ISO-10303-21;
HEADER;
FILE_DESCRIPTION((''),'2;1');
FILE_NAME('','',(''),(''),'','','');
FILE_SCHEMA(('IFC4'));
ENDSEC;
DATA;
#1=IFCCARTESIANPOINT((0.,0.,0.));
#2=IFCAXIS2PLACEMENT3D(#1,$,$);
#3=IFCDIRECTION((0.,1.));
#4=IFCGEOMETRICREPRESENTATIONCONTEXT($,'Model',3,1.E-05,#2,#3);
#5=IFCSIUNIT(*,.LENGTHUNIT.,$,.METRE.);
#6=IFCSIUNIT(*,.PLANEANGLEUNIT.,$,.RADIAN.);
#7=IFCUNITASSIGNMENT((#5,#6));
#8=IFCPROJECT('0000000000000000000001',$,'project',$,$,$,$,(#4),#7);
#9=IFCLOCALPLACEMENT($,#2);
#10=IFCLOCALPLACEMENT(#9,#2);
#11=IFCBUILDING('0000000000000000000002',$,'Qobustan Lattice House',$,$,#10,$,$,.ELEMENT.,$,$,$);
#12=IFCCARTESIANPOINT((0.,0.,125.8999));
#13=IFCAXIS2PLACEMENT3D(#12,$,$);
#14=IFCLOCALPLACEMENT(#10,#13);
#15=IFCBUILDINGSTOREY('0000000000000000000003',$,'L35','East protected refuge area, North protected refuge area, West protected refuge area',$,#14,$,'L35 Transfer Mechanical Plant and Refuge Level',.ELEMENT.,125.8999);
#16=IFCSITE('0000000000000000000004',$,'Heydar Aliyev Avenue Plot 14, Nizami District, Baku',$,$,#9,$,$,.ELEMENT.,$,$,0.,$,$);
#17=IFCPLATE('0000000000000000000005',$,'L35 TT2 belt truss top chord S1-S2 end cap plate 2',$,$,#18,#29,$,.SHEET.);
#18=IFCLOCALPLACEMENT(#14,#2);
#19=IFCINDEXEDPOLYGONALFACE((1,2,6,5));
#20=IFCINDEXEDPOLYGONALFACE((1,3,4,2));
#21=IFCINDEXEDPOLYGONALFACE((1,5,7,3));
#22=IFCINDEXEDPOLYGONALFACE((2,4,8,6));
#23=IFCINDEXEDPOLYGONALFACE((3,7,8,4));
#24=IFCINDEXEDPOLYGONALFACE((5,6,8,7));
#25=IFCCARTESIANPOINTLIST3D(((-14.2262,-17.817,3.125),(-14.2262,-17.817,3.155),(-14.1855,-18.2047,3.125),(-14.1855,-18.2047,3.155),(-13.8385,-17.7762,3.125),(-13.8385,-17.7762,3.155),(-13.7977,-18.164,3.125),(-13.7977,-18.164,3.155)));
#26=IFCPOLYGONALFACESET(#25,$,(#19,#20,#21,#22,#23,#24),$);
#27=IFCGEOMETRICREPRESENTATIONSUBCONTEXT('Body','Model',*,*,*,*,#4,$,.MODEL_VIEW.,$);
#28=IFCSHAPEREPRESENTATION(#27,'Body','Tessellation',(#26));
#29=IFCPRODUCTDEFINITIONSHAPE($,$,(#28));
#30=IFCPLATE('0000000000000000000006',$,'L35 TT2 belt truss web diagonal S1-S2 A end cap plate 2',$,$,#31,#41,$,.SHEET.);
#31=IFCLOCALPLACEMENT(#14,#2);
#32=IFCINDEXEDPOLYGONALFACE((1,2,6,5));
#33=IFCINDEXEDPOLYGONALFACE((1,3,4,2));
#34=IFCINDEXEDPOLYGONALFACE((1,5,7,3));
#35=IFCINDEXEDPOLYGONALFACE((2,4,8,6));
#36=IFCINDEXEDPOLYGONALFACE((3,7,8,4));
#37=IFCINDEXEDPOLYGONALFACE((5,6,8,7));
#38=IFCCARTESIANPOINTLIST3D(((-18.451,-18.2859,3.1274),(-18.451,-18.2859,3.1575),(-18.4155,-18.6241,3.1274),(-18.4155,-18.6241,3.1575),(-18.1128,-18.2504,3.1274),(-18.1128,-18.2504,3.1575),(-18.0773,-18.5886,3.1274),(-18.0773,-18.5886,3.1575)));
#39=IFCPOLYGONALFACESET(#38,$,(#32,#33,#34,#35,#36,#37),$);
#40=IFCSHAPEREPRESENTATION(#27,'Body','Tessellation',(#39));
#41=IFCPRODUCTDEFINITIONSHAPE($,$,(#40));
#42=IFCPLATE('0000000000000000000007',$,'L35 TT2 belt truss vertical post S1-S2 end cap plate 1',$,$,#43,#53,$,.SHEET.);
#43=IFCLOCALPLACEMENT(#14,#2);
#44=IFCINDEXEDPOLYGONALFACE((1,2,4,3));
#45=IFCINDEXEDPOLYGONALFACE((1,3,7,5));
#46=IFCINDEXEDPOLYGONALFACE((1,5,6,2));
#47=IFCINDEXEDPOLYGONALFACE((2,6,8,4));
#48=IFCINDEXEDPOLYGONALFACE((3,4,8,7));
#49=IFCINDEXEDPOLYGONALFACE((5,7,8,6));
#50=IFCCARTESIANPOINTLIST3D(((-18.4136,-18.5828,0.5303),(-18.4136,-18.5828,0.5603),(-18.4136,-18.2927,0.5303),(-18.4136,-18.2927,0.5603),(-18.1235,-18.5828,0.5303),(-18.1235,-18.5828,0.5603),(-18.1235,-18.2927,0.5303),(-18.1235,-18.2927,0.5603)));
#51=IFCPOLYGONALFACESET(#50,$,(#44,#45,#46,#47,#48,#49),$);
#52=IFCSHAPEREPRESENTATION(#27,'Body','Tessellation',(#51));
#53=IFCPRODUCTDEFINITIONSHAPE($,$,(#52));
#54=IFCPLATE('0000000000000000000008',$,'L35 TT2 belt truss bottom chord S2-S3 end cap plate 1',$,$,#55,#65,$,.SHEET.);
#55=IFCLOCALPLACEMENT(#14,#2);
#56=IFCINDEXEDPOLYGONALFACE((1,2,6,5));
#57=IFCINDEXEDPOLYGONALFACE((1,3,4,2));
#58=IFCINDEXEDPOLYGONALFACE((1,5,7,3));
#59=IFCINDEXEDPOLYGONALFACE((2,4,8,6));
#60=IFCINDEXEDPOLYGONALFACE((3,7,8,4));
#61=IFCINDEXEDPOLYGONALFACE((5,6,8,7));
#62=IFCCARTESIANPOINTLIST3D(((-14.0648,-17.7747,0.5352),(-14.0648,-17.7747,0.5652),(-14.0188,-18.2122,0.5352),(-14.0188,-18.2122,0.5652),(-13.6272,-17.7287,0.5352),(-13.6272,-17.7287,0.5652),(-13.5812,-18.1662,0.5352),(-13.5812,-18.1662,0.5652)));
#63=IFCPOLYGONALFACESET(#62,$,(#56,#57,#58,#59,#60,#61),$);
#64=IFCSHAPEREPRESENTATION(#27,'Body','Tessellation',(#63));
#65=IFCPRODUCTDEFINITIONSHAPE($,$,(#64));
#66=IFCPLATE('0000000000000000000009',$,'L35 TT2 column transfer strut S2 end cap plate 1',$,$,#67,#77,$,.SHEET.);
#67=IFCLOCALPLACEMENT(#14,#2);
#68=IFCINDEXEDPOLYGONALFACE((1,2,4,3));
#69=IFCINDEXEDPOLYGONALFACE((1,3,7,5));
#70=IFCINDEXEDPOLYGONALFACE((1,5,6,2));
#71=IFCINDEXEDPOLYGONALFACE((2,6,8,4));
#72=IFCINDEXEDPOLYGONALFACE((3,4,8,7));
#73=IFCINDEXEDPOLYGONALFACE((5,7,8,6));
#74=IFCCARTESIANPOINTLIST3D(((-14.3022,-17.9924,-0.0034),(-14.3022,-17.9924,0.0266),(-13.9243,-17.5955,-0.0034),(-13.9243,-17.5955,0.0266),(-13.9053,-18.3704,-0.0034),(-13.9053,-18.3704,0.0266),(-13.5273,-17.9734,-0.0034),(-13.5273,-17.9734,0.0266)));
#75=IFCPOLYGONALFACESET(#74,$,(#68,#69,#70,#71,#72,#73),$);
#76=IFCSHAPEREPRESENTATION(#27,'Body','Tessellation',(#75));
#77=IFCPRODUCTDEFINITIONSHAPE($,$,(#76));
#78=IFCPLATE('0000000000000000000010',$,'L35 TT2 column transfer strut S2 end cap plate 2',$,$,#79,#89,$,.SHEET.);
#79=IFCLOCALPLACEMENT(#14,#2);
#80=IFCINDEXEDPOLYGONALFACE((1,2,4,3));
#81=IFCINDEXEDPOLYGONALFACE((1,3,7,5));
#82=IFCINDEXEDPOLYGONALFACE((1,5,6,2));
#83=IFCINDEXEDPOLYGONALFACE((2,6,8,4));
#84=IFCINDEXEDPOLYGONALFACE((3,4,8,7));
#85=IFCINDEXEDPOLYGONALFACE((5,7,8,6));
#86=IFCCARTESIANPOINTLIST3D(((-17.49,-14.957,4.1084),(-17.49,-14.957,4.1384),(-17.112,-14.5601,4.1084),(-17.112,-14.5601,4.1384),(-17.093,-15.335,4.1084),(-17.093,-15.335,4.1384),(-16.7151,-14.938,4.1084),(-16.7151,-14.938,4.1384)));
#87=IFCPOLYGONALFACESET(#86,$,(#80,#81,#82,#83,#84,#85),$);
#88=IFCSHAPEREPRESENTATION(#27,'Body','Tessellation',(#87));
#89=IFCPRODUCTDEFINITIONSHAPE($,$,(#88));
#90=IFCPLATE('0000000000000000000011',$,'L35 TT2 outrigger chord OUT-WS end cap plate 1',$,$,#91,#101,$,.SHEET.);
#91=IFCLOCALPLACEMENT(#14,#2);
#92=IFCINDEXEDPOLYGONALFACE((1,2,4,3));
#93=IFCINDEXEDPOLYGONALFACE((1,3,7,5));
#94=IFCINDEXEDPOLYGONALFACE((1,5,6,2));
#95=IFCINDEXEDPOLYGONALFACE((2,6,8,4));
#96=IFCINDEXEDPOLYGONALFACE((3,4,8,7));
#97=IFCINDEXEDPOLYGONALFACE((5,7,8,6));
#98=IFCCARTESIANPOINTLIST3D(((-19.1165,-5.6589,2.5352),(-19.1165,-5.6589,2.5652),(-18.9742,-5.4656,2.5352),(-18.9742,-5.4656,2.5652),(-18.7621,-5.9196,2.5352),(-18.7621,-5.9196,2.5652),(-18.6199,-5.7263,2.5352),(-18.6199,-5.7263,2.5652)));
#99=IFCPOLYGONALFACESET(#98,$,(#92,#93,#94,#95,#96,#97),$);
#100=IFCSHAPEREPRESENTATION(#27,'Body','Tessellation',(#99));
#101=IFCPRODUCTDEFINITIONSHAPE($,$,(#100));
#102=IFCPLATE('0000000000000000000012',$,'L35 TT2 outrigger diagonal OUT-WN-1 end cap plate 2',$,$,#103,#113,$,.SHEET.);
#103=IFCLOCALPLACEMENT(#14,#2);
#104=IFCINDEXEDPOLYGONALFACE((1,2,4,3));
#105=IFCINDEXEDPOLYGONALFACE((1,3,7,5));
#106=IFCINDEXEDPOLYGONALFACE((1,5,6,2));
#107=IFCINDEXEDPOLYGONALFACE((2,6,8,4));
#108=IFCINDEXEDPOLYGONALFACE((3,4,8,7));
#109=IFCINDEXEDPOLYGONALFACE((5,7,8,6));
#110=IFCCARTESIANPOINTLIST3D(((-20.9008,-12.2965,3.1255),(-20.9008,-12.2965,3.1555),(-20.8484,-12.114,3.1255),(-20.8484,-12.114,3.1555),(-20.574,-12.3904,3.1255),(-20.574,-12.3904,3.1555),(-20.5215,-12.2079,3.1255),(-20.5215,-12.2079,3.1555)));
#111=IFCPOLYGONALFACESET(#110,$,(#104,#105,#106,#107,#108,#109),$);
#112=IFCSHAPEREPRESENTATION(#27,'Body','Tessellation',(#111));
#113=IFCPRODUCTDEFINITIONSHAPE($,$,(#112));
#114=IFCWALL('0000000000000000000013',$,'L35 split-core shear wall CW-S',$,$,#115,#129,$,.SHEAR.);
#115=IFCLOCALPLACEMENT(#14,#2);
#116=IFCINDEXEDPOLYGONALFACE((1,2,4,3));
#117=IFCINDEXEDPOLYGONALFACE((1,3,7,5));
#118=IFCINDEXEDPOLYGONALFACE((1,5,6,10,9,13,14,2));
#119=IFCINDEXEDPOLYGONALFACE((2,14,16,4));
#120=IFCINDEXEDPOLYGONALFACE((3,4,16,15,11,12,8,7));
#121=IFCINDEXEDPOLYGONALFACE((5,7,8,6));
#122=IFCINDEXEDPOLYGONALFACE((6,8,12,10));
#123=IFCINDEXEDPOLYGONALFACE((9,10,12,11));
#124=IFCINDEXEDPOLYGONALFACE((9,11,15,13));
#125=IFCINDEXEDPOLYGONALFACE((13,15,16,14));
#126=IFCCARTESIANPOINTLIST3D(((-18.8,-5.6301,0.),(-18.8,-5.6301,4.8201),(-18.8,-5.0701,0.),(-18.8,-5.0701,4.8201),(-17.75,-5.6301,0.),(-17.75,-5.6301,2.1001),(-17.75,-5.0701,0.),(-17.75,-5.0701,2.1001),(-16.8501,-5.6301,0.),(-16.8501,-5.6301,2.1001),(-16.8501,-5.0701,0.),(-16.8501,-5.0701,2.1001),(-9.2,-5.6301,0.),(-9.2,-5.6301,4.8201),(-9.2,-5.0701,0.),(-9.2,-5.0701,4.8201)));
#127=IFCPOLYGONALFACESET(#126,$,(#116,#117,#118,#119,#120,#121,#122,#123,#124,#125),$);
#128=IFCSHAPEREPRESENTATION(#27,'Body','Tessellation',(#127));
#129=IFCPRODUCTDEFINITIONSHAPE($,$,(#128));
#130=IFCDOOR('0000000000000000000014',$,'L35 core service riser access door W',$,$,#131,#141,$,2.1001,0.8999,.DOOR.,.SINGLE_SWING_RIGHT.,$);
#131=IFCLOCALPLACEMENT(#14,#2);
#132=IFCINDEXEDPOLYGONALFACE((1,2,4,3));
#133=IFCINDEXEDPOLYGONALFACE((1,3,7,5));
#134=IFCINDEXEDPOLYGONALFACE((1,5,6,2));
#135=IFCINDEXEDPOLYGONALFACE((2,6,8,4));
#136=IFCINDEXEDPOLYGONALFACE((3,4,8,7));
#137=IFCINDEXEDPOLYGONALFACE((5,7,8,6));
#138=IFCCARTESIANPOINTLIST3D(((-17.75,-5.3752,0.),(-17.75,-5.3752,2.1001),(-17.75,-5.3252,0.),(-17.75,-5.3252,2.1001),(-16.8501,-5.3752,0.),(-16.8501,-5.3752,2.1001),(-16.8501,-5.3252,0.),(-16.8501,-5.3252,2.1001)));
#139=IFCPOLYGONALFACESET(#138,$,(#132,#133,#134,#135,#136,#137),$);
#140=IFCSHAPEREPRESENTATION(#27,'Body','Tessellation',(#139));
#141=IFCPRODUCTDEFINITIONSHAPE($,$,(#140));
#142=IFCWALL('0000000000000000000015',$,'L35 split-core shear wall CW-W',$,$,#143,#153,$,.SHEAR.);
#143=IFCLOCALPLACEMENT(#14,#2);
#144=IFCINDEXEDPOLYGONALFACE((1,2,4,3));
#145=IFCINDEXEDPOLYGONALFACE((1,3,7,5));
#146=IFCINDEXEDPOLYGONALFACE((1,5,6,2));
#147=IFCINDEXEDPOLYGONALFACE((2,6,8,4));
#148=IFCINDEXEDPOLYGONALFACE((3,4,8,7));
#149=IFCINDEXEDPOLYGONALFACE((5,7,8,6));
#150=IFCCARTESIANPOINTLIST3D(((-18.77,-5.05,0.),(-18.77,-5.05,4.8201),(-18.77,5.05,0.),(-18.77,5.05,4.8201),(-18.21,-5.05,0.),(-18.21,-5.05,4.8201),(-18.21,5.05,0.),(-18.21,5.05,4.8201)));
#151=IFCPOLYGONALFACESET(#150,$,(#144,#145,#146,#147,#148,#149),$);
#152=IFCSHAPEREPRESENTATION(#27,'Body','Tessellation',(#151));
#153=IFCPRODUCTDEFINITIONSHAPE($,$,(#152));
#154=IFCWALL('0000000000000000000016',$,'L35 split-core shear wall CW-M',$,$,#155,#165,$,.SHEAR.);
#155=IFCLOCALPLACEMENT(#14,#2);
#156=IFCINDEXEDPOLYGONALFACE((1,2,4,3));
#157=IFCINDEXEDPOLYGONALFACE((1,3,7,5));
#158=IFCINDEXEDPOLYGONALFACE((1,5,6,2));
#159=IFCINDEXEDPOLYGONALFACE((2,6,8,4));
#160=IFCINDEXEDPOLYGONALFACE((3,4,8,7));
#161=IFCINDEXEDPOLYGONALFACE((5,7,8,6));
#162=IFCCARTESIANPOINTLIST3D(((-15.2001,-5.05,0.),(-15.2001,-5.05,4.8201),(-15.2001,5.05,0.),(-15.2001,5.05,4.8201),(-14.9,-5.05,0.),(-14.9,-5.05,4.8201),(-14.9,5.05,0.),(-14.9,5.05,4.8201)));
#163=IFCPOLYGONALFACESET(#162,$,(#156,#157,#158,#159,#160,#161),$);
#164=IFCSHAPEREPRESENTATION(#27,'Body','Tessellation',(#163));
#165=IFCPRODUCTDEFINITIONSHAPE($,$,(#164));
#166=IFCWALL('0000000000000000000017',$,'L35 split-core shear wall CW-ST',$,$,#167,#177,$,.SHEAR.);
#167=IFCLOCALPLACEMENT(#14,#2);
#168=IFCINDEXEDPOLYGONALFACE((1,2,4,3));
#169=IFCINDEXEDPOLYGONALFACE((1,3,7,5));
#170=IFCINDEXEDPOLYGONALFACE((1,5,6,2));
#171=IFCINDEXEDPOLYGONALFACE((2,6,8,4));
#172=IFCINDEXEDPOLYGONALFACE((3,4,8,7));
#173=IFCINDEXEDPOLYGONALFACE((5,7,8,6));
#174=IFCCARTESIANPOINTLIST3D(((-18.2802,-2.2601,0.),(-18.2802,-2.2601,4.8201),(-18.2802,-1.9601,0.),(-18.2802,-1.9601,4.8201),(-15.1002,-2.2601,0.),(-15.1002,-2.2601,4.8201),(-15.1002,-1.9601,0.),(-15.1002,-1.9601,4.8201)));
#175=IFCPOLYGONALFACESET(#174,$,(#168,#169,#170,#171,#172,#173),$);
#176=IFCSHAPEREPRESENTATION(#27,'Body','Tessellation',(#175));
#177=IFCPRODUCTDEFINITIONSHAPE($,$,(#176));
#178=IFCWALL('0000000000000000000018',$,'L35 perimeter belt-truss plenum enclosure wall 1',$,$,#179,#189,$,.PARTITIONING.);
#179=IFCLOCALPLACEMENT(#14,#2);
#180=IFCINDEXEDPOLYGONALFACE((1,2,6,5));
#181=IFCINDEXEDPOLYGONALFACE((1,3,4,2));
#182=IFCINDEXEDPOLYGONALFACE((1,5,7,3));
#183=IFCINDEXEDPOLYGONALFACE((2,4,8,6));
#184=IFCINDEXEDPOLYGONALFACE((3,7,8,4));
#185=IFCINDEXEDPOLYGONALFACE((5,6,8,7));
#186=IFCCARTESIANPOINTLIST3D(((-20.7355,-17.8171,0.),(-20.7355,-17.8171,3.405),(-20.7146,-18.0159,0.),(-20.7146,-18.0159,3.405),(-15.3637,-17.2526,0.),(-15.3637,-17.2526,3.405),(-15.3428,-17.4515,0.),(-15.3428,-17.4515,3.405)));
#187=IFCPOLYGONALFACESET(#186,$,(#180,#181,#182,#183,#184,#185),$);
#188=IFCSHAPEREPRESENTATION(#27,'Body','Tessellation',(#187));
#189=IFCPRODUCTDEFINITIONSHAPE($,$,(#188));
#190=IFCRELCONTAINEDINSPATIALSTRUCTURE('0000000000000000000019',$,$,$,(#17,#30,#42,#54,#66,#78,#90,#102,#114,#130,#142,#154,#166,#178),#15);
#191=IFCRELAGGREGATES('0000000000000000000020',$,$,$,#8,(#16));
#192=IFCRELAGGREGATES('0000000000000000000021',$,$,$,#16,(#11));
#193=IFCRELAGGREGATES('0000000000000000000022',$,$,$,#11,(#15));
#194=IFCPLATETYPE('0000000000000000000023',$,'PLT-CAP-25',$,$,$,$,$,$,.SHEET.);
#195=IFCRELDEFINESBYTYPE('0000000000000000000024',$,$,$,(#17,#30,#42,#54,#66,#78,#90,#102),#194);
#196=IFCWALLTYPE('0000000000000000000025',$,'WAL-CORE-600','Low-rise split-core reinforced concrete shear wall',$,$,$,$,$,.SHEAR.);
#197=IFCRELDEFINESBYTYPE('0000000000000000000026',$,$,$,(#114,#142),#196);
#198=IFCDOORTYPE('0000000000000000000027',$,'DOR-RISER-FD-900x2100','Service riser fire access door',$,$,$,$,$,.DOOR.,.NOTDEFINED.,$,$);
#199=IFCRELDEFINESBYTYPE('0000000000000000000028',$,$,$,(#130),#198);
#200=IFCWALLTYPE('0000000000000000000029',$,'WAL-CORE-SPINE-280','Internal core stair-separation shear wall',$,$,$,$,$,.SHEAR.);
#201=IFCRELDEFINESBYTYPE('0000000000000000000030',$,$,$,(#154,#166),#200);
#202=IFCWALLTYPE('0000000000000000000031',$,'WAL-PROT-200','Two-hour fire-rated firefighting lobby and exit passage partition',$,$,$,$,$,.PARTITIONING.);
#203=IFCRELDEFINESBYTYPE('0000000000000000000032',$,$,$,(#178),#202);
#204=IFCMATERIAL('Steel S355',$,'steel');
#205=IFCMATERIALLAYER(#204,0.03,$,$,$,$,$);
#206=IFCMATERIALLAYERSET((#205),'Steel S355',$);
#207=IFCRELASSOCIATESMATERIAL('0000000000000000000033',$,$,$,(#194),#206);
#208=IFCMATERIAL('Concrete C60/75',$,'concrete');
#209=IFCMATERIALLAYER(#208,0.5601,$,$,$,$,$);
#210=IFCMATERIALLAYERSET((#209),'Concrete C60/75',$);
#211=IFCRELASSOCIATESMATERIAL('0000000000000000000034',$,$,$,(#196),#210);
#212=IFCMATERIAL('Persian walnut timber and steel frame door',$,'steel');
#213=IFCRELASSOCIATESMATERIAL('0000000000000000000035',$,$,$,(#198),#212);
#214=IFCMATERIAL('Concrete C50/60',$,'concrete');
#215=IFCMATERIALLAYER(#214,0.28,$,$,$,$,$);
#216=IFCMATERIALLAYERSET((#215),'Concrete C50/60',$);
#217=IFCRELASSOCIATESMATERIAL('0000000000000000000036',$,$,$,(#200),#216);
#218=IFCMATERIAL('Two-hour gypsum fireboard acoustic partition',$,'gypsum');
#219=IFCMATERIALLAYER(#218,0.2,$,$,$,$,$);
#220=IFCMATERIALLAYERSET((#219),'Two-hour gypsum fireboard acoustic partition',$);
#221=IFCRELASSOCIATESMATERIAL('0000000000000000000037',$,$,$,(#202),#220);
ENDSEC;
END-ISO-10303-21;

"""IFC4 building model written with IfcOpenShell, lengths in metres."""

from ifc_helpers import new_model, si_unit, direction, frame, frame_2d, origin, origin_2d, place, context, subcontext, project, spatial, rectangle, extrude, material, layer, layer_set, type_object, element, fill, save


model = new_model("IFC4")

# Units and contexts
model_context = context("Model", 3, precision=1e-05, world=origin(), true_north=direction((0.0, 1.0)))
body_context = subcontext(model_context, "Body", "Model", "MODEL_VIEW")
ifc_project = project(units=[si_unit("LENGTHUNIT", "METRE"), si_unit("PLANEANGLEUNIT", "RADIAN")], contexts=[model_context])

# Site, building, storey
site_placement = place(None, origin())
site = spatial("IfcSite", under=ifc_project, at=site_placement, Name="Heydar Aliyev Avenue Plot 14, Nizami District, Baku", CompositionType="ELEMENT", RefElevation=0.0)
building_placement = place(site_placement, origin())
building = spatial("IfcBuilding", under=site, at=building_placement, Name="Qobustan Lattice House", CompositionType="ELEMENT")
storey_placement = place(building_placement, frame((0.0, 0.0, 125.8999)))
storey = spatial("IfcBuildingStorey", under=building, at=storey_placement, Name="L35", Description="East protected refuge area, North protected refuge area, West protected refuge area", LongName="L35 Transfer Mechanical Plant and Refuge Level", CompositionType="ELEMENT", Elevation=125.8999)

# Plates
ifc_material_1 = material(Name="Steel S355", Category="steel")
ifc_layer_1 = layer(ifc_material_1, 0.03)
ifc_layer_set_1 = layer_set([ifc_layer_1], Name="Steel S355")
plate_type = type_object("IfcPlateType", Name="PLT-CAP-25", PredefinedType="SHEET", material=ifc_layer_set_1)
plate_1_placement = place(storey_placement, frame((-14.012, -17.9905, 3.125), z_axis=(0.0, 0.0, 1.0), x_axis=(0.994524, 0.104511, 0.0)))
element("IfcPlate", 1, at=plate_1_placement, inside=storey, type_object=plate_type, Name="L35 TT2 belt truss top chord S1-S2 end cap plate 2", PredefinedType="SHEET", context=body_context, shape_type="SweptSolid", body=[
    extrude(rectangle(XDim=0.3899, YDim=0.3899, at=origin_2d()), origin(), (0.0, 0.0, 1.0), 0.03),
])
plate_2_placement = place(storey_placement, frame((-18.2642, -18.4373, 3.1274), z_axis=(0.0, 0.0, 1.0), x_axis=(0.994524, 0.104511, 0.0)))
element("IfcPlate", 2, at=plate_2_placement, inside=storey, type_object=plate_type, Name="L35 TT2 belt truss web diagonal S1-S2 A end cap plate 2", PredefinedType="SHEET", context=body_context, shape_type="SweptSolid", body=[
    extrude(rectangle(XDim=0.3401, YDim=0.3401, at=origin_2d()), origin(), (0.0, 0.0, 1.0), 0.03),
])
plate_3_placement = place(storey_placement, frame((-18.2686, -18.4377, 0.5303), z_axis=(0.0, 0.0, 1.0), x_axis=(1.0, 0.0, 0.0)))
element("IfcPlate", 3, at=plate_3_placement, inside=storey, type_object=plate_type, Name="L35 TT2 belt truss vertical post S1-S2 end cap plate 1", PredefinedType="SHEET", context=body_context, shape_type="SweptSolid", body=[
    extrude(rectangle(XDim=0.29, YDim=0.29, at=origin_2d()), origin(), (0.0, 0.0, 1.0), 0.03),
])
plate_4_placement = place(storey_placement, frame((-13.823, -17.9705, 0.5352), z_axis=(0.0, 0.0, 1.0), x_axis=(0.994522, 0.104528, 0.0)))
element("IfcPlate", 4, at=plate_4_placement, inside=storey, type_object=plate_type, Name="L35 TT2 belt truss bottom chord S2-S3 end cap plate 1", PredefinedType="SHEET", context=body_context, shape_type="SweptSolid", body=[
    extrude(rectangle(XDim=0.4399, YDim=0.4399, at=origin_2d()), origin(), (0.0, 0.0, 1.0), 0.03),
])
for number, where, z_axis, x_axis, name in (
    (5, (-13.9148, -17.9829, -0.0034), (0.0, 0.0, 1.0), (-0.724208, 0.689582, 0.0), "L35 TT2 column transfer strut S2 end cap plate 1"),
    (6, (-17.1025, -14.9475, 4.1084), (0.0, 0.0, 1.0), (-0.724208, 0.689582, 0.0), "L35 TT2 column transfer strut S2 end cap plate 2"),
):
    element("IfcPlate", number, at=place(storey_placement, frame(where, z_axis=z_axis, x_axis=x_axis)), inside=storey, type_object=plate_type, Name=name, PredefinedType="SHEET", context=body_context, shape_type="SweptSolid", body=[
        extrude(rectangle(XDim=0.5481, YDim=0.5481, at=origin_2d()), origin(), (0.0, 0.0, 1.0), 0.03),
    ])
plate_5_placement = place(storey_placement, frame((-18.8682, -5.6926, 2.5352), z_axis=(0.0, 0.0, 1.0), x_axis=(-0.592674, -0.805442, 0.0)))
element("IfcPlate", 7, at=plate_5_placement, inside=storey, type_object=plate_type, Name="L35 TT2 outrigger chord OUT-WS end cap plate 1", PredefinedType="SHEET", context=body_context, shape_type="SweptSolid", body=[
    extrude(rectangle(XDim=0.24, YDim=0.4399, at=origin_2d()), origin(), (0.0, 0.0, 1.0), 0.03),
])
plate_6_placement = place(storey_placement, frame((-20.7112, -12.2522, 3.1255), z_axis=(0.0, 0.0, 1.0), x_axis=(-0.276124, -0.961122, 0.0)))
element("IfcPlate", 8, at=plate_6_placement, inside=storey, type_object=plate_type, Name="L35 TT2 outrigger diagonal OUT-WN-1 end cap plate 2", PredefinedType="SHEET", context=body_context, shape_type="SweptSolid", body=[
    extrude(rectangle(XDim=0.1899, YDim=0.3401, at=origin_2d()), origin(), (0.0, 0.0, 1.0), 0.03),
])

# Wall, opening, door
ifc_material_2 = material(Name="Concrete C60/75", Category="concrete")
ifc_layer_2 = layer(ifc_material_2, 0.5601)
ifc_layer_set_2 = layer_set([ifc_layer_2], Name="Concrete C60/75")
wall_type_1 = type_object("IfcWallType", Name="WAL-CORE-600", Description="Low-rise split-core reinforced concrete shear wall", PredefinedType="SHEAR", material=ifc_layer_set_2)
wall_1_placement = place(storey_placement, frame((-18.8, -5.3501, 0.0), z_axis=(0.0, 0.0, 1.0), x_axis=(1.0, 0.0, 0.0)))
wall_1 = element("IfcWall", 9, at=wall_1_placement, inside=storey, type_object=wall_type_1, Name="L35 split-core shear wall CW-S", PredefinedType="SHEAR", context=body_context, shape_type="SweptSolid", body=[
    extrude(rectangle(XDim=9.6001, YDim=0.5601, at=frame_2d((4.8, 0.0))), origin(), (0.0, 0.0, 1.0), 4.8201),
])
opening_placement = place(wall_1_placement, frame((1.05, 0.0, 0.0)))
opening = element("IfcOpeningElement", 10, at=opening_placement, cuts=wall_1, PredefinedType="OPENING", context=body_context, shape_type="SweptSolid", body=[
    extrude(rectangle(XDim=0.8999, YDim=2.1001, at=frame_2d((0.45, 1.05))), frame((0.0, 0.29, 0.0), z_axis=(0.0, -1.0, 0.0), x_axis=(1.0, 0.0, 0.0)), (0.0, 0.0, 1.0), 0.5801),
])
ifc_material_3 = material(Name="Persian walnut timber and steel frame door", Category="steel")
door_type = type_object("IfcDoorType", Name="DOR-RISER-FD-900x2100", Description="Service riser fire access door", OperationType="NOTDEFINED", PredefinedType="DOOR", material=ifc_material_3)
door_placement = place(opening_placement, origin())
door = element("IfcDoor", 11, at=door_placement, inside=storey, type_object=door_type, Name="L35 core service riser access door W", OperationType="SINGLE_SWING_RIGHT", OverallHeight=2.1001, OverallWidth=0.8999, PredefinedType="DOOR", context=body_context, shape_type="SweptSolid", body=[
    extrude(rectangle(XDim=0.8999, YDim=2.1001, at=frame_2d((0.45, 1.05))), frame((0.0, 0.0249, 0.0), z_axis=(0.0, -1.0, 0.0), x_axis=(1.0, 0.0, 0.0)), (0.0, 0.0, 1.0), 0.05),
])
fill(opening, door)

# Walls
wall_2_placement = place(storey_placement, frame((-18.49, -5.05, 0.0), z_axis=(0.0, 0.0, 1.0), x_axis=(0.0, 1.0, 0.0)))
element("IfcWall", 12, at=wall_2_placement, inside=storey, type_object=wall_type_1, Name="L35 split-core shear wall CW-W", PredefinedType="SHEAR", context=body_context, shape_type="SweptSolid", body=[
    extrude(rectangle(XDim=10.1001, YDim=0.5601, at=frame_2d((5.05, 0.0))), origin(), (0.0, 0.0, 1.0), 4.8201),
])
ifc_material_4 = material(Name="Concrete C50/60", Category="concrete")
ifc_layer_3 = layer(ifc_material_4, 0.28)
ifc_layer_set_3 = layer_set([ifc_layer_3], Name="Concrete C50/60")
wall_type_2 = type_object("IfcWallType", Name="WAL-CORE-SPINE-280", Description="Internal core stair-separation shear wall", PredefinedType="SHEAR", material=ifc_layer_set_3)
wall_3_placement = place(storey_placement, frame((-15.05, -5.05, 0.0), z_axis=(0.0, 0.0, 1.0), x_axis=(0.0, 1.0, 0.0)))
element("IfcWall", 13, at=wall_3_placement, inside=storey, type_object=wall_type_2, Name="L35 split-core shear wall CW-M", PredefinedType="SHEAR", context=body_context, shape_type="SweptSolid", body=[
    extrude(rectangle(XDim=10.1001, YDim=0.3, at=frame_2d((5.05, 0.0))), origin(), (0.0, 0.0, 1.0), 4.8201),
])
wall_4_placement = place(storey_placement, frame((-18.28, -2.1101, 0.0), z_axis=(0.0, 0.0, 1.0), x_axis=(1.0, 0.0, 0.0)))
element("IfcWall", 14, at=wall_4_placement, inside=storey, type_object=wall_type_2, Name="L35 split-core shear wall CW-ST", PredefinedType="SHEAR", context=body_context, shape_type="SweptSolid", body=[
    extrude(rectangle(XDim=3.1799, YDim=0.3, at=frame_2d((1.5898, 0.0))), origin(), (0.0, 0.0, 1.0), 4.8201),
])
ifc_material_5 = material(Name="Two-hour gypsum fireboard acoustic partition", Category="gypsum")
ifc_layer_4 = layer(ifc_material_5, 0.2)
ifc_layer_set_4 = layer_set([ifc_layer_4], Name="Two-hour gypsum fireboard acoustic partition")
wall_type_3 = type_object("IfcWallType", Name="WAL-PROT-200", Description="Two-hour fire-rated firefighting lobby and exit passage partition", PredefinedType="PARTITIONING", material=ifc_layer_set_4)
wall_5_placement = place(storey_placement, frame((-15.3533, -17.3521, 0.0), z_axis=(0.0, 0.0, 1.0), x_axis=(-0.994525, -0.104501, 0.0)))
element("IfcWall", 15, at=wall_5_placement, inside=storey, type_object=wall_type_3, Name="L35 perimeter belt-truss plenum enclosure wall 1", PredefinedType="PARTITIONING", context=body_context, shape_type="SweptSolid", body=[
    extrude(rectangle(XDim=5.4014, YDim=0.2, at=frame_2d((2.7007, 0.0))), origin(), (0.0, 0.0, 1.0), 3.405),
])

save(model, "model.ifc")
